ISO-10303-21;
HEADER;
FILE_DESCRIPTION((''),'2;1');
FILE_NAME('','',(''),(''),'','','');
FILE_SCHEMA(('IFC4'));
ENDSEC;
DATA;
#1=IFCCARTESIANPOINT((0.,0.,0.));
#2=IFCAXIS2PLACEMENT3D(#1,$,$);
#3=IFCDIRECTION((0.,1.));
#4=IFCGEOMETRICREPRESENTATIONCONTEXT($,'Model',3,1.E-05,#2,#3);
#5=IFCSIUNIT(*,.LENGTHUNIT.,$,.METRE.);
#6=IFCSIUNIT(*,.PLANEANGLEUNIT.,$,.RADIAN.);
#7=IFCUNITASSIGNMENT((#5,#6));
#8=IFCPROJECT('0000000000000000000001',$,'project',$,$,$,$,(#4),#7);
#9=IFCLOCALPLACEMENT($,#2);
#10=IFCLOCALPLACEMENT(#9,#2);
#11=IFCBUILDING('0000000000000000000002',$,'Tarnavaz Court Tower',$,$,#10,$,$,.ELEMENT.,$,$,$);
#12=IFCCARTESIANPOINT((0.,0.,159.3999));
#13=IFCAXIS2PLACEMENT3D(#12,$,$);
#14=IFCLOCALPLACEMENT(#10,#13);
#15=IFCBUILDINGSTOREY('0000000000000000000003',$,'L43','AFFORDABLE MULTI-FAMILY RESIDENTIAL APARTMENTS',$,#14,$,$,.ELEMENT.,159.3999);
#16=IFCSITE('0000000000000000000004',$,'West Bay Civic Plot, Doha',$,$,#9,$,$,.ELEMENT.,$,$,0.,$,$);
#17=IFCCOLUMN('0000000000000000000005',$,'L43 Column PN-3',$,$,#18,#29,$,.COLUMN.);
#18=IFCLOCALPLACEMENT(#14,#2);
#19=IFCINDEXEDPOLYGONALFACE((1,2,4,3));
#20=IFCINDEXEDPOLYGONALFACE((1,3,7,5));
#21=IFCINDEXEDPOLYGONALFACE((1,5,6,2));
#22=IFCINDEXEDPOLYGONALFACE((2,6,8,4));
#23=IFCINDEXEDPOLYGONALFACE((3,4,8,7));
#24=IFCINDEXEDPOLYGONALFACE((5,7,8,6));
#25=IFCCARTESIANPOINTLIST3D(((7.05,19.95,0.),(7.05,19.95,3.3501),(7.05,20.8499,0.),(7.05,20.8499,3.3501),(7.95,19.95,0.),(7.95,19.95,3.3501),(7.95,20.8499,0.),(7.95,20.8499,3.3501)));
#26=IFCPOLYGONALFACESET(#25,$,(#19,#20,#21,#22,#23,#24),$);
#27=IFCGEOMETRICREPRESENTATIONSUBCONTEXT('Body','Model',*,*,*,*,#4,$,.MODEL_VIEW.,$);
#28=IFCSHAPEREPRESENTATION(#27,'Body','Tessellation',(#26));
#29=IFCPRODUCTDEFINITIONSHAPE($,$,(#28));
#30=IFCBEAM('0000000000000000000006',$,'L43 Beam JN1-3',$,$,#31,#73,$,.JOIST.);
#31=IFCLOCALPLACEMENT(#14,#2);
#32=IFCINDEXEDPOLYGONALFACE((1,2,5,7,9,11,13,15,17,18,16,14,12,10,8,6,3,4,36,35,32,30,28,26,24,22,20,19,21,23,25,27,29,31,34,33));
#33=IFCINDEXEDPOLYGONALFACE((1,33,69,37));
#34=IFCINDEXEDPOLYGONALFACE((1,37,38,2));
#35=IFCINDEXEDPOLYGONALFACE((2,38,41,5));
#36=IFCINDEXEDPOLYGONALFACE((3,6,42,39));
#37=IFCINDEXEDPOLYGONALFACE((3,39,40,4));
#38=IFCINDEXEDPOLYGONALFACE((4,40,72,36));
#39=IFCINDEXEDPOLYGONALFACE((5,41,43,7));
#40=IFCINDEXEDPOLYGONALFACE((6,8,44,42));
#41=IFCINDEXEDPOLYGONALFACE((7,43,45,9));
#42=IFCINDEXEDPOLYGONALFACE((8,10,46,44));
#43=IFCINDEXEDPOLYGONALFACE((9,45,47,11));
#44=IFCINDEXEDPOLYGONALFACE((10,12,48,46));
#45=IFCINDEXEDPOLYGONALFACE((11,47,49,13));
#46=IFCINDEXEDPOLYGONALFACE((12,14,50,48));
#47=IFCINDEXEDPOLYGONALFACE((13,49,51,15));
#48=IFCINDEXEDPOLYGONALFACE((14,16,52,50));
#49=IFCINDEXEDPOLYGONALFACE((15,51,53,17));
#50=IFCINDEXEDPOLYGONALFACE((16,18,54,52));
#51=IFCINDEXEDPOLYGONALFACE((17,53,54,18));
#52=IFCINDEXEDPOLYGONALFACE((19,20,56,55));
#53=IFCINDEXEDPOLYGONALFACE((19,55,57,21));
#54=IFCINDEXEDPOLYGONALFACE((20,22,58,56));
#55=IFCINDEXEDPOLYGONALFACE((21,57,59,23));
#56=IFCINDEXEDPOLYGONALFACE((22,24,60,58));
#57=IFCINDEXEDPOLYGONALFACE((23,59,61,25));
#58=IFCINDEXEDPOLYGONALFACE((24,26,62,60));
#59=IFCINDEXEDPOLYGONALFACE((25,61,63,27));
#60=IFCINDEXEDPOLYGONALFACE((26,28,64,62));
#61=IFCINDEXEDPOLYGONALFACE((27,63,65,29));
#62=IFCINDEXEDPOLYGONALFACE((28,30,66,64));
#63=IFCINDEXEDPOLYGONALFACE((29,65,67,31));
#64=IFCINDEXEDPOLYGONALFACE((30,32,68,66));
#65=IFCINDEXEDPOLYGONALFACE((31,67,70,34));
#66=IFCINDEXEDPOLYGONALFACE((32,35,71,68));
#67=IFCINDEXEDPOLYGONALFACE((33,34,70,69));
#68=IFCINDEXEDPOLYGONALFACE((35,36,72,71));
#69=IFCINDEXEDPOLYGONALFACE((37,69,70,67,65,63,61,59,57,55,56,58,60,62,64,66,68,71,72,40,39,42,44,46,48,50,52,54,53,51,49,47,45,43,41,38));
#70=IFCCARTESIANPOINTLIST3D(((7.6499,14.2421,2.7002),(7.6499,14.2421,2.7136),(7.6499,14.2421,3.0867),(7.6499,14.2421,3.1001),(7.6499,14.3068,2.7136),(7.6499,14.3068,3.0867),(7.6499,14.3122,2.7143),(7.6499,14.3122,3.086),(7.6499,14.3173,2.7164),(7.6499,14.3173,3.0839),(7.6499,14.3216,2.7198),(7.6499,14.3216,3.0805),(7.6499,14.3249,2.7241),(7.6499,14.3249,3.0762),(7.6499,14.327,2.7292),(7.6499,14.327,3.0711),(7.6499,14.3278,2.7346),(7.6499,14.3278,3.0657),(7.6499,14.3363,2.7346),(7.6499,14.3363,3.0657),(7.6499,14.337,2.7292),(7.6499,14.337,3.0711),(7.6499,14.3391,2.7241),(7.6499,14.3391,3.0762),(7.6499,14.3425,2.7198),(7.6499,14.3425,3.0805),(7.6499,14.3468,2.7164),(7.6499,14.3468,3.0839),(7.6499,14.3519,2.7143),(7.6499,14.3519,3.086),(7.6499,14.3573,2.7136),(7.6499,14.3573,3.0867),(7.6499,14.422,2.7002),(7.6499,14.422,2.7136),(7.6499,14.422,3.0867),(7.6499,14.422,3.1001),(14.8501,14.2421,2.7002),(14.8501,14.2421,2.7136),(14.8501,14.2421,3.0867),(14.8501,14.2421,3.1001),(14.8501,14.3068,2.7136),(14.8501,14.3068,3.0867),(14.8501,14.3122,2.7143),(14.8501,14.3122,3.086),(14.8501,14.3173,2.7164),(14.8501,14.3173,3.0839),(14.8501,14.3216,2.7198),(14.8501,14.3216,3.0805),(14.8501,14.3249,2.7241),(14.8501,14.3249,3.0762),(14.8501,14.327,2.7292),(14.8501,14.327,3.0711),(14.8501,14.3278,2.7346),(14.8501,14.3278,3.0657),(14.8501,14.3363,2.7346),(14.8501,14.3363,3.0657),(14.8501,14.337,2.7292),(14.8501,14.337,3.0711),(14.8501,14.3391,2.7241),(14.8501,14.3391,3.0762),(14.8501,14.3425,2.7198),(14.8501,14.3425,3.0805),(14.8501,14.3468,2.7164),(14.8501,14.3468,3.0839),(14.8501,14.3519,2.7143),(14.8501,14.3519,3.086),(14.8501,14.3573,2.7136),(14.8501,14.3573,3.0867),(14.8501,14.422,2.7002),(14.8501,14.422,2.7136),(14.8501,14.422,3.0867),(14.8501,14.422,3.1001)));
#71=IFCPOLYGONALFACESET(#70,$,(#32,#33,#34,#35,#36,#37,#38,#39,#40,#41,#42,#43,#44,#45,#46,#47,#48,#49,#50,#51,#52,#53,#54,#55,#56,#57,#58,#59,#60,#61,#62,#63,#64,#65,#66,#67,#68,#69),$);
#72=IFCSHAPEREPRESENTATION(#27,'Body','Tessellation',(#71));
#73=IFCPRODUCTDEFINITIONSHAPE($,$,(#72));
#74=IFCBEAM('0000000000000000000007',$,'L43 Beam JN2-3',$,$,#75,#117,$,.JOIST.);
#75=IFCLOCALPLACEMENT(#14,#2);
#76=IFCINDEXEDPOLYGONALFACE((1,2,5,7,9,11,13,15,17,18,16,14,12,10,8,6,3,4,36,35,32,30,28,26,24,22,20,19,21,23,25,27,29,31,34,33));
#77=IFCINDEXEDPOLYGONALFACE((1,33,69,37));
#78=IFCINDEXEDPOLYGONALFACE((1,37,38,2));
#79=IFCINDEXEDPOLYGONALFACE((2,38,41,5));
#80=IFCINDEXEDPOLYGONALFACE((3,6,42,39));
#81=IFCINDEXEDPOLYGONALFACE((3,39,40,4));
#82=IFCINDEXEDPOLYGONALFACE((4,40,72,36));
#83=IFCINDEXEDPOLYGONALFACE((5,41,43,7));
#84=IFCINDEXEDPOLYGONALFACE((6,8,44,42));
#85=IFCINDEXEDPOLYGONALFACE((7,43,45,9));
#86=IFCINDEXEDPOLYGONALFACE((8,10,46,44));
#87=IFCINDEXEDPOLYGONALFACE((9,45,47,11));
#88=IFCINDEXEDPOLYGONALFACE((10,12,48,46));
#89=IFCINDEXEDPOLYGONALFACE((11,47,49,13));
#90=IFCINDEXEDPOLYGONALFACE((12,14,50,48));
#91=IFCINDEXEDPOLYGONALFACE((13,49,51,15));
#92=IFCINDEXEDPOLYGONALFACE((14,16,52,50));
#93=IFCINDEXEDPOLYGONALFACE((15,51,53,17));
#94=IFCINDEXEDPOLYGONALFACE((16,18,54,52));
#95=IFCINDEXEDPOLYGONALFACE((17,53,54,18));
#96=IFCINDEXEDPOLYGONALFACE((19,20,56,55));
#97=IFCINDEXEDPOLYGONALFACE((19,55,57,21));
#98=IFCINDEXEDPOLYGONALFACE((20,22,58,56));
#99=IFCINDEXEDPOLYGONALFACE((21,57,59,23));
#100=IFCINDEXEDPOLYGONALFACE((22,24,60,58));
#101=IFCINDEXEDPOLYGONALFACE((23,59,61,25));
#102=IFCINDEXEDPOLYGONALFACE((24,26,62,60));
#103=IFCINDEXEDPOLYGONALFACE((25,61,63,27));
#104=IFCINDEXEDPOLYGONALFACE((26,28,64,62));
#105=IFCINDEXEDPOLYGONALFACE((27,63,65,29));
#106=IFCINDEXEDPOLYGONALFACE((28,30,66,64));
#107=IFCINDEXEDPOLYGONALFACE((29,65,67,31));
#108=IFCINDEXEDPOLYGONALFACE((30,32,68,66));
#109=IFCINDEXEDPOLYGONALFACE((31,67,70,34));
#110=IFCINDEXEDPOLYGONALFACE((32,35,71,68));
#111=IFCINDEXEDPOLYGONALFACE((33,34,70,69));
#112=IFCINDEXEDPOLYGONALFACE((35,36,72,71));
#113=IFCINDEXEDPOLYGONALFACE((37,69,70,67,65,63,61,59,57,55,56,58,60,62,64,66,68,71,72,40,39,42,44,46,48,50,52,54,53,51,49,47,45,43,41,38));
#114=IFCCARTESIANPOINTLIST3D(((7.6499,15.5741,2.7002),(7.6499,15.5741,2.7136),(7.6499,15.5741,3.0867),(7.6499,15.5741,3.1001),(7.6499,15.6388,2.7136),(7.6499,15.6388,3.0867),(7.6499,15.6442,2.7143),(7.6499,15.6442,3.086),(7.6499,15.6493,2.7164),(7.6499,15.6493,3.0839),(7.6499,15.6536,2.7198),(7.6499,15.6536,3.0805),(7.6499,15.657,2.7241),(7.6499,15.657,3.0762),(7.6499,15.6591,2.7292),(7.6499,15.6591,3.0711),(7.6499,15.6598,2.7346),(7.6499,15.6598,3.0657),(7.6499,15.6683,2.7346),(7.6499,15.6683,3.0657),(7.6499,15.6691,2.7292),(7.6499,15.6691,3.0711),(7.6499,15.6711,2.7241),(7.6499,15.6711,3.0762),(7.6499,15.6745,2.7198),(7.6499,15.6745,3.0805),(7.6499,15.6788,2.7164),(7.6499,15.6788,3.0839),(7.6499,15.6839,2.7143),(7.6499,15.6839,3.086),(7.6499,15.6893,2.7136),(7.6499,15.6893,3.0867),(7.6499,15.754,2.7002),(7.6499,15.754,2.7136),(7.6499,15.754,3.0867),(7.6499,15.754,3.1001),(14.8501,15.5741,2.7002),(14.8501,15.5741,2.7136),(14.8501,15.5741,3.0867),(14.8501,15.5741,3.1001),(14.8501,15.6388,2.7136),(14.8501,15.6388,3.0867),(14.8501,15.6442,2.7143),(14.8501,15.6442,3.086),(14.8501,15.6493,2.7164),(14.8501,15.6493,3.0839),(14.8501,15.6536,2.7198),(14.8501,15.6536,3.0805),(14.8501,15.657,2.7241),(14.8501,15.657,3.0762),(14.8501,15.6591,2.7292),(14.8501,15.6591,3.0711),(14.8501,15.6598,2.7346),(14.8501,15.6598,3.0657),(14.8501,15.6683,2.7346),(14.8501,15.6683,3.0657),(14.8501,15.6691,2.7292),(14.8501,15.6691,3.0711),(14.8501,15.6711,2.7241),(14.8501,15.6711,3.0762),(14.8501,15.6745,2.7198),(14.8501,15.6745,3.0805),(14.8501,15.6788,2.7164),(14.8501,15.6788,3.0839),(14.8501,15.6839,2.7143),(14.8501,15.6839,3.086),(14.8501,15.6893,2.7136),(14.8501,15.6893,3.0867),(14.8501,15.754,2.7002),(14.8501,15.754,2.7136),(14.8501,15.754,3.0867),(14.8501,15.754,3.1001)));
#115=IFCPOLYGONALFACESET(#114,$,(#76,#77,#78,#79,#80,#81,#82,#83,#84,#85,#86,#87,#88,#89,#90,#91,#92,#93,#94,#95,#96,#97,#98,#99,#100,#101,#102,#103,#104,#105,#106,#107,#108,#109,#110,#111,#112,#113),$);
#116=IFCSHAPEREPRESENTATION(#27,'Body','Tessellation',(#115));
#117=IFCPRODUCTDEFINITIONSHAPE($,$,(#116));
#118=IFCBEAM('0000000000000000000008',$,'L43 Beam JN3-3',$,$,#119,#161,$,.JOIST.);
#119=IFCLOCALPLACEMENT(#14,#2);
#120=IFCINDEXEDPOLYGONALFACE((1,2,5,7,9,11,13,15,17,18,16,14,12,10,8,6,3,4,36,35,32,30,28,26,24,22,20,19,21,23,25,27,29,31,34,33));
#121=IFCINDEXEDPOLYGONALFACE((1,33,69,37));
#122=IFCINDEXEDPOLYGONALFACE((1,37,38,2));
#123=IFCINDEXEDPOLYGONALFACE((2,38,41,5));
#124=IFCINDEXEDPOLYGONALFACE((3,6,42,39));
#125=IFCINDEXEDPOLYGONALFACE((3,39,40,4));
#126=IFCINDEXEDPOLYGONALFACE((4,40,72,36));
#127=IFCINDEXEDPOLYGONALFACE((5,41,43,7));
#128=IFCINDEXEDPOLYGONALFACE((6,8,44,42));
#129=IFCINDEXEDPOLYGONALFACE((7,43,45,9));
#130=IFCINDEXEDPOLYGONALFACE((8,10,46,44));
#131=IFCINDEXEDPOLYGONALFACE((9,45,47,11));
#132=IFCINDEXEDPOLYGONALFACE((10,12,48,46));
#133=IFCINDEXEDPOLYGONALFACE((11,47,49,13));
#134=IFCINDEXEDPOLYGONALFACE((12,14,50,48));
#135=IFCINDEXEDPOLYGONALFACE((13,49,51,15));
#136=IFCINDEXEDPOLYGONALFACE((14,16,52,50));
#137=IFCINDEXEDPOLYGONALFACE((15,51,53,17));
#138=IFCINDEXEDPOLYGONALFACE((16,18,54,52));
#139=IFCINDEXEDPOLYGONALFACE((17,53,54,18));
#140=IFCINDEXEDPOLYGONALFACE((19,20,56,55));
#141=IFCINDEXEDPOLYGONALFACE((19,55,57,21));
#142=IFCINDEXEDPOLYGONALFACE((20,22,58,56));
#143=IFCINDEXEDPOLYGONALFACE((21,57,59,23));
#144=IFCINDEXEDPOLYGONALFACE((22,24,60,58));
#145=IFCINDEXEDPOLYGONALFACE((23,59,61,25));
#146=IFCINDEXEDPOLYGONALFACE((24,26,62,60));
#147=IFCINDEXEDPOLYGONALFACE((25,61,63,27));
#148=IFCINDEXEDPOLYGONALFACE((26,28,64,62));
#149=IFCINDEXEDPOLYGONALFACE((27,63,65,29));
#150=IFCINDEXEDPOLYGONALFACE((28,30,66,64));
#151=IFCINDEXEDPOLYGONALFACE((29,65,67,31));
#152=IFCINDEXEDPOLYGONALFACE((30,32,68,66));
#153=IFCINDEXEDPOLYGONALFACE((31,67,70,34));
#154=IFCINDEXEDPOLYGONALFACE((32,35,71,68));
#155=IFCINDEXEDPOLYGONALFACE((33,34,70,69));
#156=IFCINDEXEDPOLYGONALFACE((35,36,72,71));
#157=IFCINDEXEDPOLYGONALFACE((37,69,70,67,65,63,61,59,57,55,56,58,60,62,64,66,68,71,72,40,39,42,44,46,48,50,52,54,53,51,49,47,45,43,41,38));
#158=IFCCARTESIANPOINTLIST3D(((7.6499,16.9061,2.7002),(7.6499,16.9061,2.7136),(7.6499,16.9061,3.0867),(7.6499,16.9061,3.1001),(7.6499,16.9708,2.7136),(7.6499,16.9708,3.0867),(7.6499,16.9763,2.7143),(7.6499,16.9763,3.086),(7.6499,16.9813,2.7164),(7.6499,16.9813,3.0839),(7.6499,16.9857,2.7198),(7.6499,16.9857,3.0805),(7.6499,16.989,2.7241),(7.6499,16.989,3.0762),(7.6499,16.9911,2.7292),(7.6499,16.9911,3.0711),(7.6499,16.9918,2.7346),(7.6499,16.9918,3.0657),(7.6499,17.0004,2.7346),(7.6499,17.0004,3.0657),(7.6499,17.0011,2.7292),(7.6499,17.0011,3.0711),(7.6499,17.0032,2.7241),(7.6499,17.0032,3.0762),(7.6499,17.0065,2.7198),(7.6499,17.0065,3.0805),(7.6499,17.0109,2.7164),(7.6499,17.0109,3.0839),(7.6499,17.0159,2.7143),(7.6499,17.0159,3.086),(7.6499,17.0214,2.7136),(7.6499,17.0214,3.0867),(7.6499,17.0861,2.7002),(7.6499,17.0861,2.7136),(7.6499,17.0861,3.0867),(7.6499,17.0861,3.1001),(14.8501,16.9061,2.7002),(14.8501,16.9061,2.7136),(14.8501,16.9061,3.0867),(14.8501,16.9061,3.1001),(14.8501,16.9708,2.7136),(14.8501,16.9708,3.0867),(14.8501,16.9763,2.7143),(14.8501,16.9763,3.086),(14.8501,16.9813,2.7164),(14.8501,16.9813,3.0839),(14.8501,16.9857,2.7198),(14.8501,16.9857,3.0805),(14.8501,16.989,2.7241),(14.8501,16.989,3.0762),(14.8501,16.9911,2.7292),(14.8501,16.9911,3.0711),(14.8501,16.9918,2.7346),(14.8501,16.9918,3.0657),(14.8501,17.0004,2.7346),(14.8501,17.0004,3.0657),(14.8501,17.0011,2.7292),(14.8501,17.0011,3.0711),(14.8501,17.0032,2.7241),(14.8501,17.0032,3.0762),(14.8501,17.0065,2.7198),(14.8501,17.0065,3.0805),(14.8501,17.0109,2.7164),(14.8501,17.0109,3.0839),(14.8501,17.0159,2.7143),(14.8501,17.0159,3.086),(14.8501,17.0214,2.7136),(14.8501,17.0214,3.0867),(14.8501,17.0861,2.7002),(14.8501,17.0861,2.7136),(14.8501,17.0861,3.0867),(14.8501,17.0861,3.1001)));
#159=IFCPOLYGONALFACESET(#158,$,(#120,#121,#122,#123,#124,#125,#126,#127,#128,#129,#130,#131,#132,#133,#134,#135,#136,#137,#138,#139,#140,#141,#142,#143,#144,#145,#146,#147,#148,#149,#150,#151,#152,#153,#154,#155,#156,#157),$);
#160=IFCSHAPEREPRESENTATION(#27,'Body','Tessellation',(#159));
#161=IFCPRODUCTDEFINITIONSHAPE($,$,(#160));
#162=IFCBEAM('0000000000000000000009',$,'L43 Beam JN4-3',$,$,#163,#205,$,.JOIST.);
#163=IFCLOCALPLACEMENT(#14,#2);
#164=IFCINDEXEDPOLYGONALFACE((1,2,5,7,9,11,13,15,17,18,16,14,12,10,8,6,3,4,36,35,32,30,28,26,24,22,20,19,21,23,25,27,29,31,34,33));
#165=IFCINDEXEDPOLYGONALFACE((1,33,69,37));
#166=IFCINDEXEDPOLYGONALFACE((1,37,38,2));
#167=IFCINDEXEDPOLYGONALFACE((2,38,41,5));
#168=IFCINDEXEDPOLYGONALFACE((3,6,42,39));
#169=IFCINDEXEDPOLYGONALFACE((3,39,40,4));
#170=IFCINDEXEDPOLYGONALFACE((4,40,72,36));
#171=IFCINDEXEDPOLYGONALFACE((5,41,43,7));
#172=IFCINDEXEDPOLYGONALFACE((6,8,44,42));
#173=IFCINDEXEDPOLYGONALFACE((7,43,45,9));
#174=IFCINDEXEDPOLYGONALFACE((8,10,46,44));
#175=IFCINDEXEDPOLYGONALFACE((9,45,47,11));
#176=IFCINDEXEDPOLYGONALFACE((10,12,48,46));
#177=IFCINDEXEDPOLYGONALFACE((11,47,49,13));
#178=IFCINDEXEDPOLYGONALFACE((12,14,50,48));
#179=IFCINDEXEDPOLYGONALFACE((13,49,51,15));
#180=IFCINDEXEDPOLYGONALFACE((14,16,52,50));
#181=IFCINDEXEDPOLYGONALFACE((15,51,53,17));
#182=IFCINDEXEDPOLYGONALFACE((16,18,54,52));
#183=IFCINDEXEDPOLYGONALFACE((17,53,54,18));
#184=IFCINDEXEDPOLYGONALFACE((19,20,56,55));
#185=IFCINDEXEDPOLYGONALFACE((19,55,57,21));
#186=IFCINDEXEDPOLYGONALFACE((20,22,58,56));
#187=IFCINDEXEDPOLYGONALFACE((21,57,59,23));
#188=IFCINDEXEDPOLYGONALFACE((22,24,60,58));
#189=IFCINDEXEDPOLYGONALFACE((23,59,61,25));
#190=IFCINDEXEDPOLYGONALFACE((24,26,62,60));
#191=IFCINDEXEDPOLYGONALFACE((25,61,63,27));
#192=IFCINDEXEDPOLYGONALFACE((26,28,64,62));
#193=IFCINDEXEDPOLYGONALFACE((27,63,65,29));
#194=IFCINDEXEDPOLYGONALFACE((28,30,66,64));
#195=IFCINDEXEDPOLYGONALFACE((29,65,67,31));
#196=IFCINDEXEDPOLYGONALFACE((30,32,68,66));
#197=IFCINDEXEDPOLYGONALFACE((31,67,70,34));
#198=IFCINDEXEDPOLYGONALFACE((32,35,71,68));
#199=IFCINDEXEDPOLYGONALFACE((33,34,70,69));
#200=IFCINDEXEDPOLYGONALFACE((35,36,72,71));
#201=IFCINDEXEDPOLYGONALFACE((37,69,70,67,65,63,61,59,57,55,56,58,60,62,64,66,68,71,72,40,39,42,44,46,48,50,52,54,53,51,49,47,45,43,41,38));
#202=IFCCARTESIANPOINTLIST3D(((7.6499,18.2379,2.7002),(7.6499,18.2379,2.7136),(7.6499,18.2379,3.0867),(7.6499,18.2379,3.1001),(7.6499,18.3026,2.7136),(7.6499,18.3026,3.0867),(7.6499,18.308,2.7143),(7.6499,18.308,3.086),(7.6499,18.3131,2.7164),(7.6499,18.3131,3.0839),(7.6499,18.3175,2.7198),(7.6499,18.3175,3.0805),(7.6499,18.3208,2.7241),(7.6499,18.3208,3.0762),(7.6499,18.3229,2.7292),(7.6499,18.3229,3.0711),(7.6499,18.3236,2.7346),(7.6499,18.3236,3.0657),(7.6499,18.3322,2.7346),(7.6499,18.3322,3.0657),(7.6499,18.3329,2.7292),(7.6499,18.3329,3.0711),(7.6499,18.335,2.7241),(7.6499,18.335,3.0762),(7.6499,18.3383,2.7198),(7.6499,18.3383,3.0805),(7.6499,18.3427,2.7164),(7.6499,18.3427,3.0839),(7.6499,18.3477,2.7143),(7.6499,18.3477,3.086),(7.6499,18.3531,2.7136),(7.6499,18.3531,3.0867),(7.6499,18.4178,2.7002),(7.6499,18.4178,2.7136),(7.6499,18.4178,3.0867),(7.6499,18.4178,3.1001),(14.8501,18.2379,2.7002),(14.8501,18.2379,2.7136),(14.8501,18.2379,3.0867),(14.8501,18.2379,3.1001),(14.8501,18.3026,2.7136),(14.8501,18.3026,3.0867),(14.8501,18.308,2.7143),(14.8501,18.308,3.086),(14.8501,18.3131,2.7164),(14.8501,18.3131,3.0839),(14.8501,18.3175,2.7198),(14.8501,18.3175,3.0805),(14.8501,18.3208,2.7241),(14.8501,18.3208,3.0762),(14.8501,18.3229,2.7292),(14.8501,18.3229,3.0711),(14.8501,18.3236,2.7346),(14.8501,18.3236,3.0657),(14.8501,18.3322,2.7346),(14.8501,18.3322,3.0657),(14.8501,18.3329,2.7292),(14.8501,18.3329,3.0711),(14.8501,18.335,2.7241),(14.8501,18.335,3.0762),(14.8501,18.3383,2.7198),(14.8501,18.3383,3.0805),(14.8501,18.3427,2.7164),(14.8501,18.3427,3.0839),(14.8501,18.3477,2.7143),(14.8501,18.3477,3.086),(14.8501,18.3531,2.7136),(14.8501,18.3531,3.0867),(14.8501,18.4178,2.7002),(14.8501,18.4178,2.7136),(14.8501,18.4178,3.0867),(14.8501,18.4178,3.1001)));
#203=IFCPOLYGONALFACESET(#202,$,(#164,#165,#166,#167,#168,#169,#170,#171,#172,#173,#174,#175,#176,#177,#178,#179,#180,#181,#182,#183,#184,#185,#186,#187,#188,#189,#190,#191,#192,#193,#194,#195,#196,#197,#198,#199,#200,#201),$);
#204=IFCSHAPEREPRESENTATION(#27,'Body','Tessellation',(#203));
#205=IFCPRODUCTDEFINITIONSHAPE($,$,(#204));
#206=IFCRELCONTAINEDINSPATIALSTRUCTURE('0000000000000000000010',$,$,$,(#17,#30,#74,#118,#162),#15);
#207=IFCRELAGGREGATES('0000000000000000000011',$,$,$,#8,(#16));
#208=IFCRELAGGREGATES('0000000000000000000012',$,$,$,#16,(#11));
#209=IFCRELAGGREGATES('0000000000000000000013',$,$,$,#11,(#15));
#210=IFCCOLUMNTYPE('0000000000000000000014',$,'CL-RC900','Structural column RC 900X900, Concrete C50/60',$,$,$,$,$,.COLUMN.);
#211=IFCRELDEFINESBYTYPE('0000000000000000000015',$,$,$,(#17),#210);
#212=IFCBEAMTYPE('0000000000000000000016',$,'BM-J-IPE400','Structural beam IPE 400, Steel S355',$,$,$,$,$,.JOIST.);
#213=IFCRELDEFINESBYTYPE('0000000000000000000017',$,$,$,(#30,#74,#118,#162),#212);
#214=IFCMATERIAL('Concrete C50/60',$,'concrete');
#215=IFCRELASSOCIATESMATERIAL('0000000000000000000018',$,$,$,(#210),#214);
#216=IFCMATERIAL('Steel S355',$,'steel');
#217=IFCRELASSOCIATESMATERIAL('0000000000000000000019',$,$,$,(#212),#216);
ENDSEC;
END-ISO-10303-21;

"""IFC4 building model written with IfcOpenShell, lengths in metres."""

from ifc_helpers import new_model, si_unit, direction, frame, origin, origin_2d, place, context, subcontext, project, spatial, rectangle, i_section, extrude, material, material_profile, profile_set, type_object, element, save


model = new_model("IFC4")

# Units and contexts
model_context = context("Model", 3, precision=1e-05, world=origin(), true_north=direction((0.0, 1.0)))
body_context = subcontext(model_context, "Body", "Model", "MODEL_VIEW")
ifc_project = project(units=[si_unit("LENGTHUNIT", "METRE"), si_unit("PLANEANGLEUNIT", "RADIAN")], contexts=[model_context])

# Site, building, storey
site_placement = place(None, origin())
site = spatial("IfcSite", under=ifc_project, at=site_placement, Name="West Bay Civic Plot, Doha", CompositionType="ELEMENT", RefElevation=0.0)
building_placement = place(site_placement, origin())
building = spatial("IfcBuilding", under=site, at=building_placement, Name="Tarnavaz Court Tower", CompositionType="ELEMENT")
storey_placement = place(building_placement, frame((0.0, 0.0, 159.3999)))
storey = spatial("IfcBuildingStorey", under=building, at=storey_placement, Name="L43", Description="AFFORDABLE MULTI-FAMILY RESIDENTIAL APARTMENTS", CompositionType="ELEMENT", Elevation=159.3999)

# Column
ifc_material_1 = material(Name="Concrete C50/60", Category="concrete")
ifc_material_profile_1 = material_profile(ifc_material_1, rectangle(XDim=0.8999, YDim=0.8999, at=origin_2d()), Name="RC 900X900")
ifc_profile_set_1 = profile_set([ifc_material_profile_1], Name="Concrete C50/60")
column_type = type_object("IfcColumnType", Name="CL-RC900", Description="Structural column RC 900X900, Concrete C50/60", PredefinedType="COLUMN", material=ifc_profile_set_1)
column_placement = place(storey_placement, frame((7.5, 20.3999, 0.0), z_axis=(0.0, 0.0, 1.0), x_axis=(1.0, 0.0, 0.0)))
element("IfcColumn", 1, at=column_placement, inside=storey, type_object=column_type, Name="L43 Column PN-3", PredefinedType="COLUMN", context=body_context, shape_type="SweptSolid", body=[
    extrude(rectangle(XDim=0.8999, YDim=0.8999, at=origin_2d()), origin(), (0.0, 0.0, 1.0), 3.3501),
])

# Beams
ifc_material_2 = material(Name="Steel S355", Category="steel")
ifc_material_profile_2 = material_profile(ifc_material_2, i_section(OverallWidth=0.1799, OverallDepth=0.3999, WebThickness=0.0085, FlangeThickness=0.0134, FilletRadius=0.021, at=origin_2d()), Name="IPE 400")
ifc_profile_set_2 = profile_set([ifc_material_profile_2], Name="Steel S355")
beam_type_1 = type_object("IfcBeamType", Name="BM-J-IPE400", Description="Structural beam IPE 400, Steel S355", PredefinedType="JOIST", material=ifc_profile_set_2)
for number, where, z_axis, x_axis, name in (
    (2, (7.6499, 14.332, 2.9001), (1.0, 0.0, 0.0), (0.0, 1.0, 0.0), "L43 Beam JN1-3"),
    (3, (7.6499, 15.6641, 2.9001), (1.0, 0.0, 0.0), (0.0, 1.0, 0.0), "L43 Beam JN2-3"),
    (4, (7.6499, 16.9961, 2.9001), (1.0, 0.0, 0.0), (0.0, 1.0, 0.0), "L43 Beam JN3-3"),
    (5, (7.6499, 18.3279, 2.9001), (1.0, 0.0, 0.0), (0.0, 1.0, 0.0), "L43 Beam JN4-3"),
):
    element("IfcBeam", number, at=place(storey_placement, frame(where, z_axis=z_axis, x_axis=x_axis)), inside=storey, type_object=beam_type_1, Name=name, PredefinedType="JOIST", context=body_context, shape_type="SweptSolid", body=[
        extrude(i_section(OverallWidth=0.1799, OverallDepth=0.3999, WebThickness=0.0085, FlangeThickness=0.0134, FilletRadius=0.021, at=origin_2d()), origin(), (0.0, 0.0, 1.0), 7.2002),
    ])

save(model, "model.ifc")
